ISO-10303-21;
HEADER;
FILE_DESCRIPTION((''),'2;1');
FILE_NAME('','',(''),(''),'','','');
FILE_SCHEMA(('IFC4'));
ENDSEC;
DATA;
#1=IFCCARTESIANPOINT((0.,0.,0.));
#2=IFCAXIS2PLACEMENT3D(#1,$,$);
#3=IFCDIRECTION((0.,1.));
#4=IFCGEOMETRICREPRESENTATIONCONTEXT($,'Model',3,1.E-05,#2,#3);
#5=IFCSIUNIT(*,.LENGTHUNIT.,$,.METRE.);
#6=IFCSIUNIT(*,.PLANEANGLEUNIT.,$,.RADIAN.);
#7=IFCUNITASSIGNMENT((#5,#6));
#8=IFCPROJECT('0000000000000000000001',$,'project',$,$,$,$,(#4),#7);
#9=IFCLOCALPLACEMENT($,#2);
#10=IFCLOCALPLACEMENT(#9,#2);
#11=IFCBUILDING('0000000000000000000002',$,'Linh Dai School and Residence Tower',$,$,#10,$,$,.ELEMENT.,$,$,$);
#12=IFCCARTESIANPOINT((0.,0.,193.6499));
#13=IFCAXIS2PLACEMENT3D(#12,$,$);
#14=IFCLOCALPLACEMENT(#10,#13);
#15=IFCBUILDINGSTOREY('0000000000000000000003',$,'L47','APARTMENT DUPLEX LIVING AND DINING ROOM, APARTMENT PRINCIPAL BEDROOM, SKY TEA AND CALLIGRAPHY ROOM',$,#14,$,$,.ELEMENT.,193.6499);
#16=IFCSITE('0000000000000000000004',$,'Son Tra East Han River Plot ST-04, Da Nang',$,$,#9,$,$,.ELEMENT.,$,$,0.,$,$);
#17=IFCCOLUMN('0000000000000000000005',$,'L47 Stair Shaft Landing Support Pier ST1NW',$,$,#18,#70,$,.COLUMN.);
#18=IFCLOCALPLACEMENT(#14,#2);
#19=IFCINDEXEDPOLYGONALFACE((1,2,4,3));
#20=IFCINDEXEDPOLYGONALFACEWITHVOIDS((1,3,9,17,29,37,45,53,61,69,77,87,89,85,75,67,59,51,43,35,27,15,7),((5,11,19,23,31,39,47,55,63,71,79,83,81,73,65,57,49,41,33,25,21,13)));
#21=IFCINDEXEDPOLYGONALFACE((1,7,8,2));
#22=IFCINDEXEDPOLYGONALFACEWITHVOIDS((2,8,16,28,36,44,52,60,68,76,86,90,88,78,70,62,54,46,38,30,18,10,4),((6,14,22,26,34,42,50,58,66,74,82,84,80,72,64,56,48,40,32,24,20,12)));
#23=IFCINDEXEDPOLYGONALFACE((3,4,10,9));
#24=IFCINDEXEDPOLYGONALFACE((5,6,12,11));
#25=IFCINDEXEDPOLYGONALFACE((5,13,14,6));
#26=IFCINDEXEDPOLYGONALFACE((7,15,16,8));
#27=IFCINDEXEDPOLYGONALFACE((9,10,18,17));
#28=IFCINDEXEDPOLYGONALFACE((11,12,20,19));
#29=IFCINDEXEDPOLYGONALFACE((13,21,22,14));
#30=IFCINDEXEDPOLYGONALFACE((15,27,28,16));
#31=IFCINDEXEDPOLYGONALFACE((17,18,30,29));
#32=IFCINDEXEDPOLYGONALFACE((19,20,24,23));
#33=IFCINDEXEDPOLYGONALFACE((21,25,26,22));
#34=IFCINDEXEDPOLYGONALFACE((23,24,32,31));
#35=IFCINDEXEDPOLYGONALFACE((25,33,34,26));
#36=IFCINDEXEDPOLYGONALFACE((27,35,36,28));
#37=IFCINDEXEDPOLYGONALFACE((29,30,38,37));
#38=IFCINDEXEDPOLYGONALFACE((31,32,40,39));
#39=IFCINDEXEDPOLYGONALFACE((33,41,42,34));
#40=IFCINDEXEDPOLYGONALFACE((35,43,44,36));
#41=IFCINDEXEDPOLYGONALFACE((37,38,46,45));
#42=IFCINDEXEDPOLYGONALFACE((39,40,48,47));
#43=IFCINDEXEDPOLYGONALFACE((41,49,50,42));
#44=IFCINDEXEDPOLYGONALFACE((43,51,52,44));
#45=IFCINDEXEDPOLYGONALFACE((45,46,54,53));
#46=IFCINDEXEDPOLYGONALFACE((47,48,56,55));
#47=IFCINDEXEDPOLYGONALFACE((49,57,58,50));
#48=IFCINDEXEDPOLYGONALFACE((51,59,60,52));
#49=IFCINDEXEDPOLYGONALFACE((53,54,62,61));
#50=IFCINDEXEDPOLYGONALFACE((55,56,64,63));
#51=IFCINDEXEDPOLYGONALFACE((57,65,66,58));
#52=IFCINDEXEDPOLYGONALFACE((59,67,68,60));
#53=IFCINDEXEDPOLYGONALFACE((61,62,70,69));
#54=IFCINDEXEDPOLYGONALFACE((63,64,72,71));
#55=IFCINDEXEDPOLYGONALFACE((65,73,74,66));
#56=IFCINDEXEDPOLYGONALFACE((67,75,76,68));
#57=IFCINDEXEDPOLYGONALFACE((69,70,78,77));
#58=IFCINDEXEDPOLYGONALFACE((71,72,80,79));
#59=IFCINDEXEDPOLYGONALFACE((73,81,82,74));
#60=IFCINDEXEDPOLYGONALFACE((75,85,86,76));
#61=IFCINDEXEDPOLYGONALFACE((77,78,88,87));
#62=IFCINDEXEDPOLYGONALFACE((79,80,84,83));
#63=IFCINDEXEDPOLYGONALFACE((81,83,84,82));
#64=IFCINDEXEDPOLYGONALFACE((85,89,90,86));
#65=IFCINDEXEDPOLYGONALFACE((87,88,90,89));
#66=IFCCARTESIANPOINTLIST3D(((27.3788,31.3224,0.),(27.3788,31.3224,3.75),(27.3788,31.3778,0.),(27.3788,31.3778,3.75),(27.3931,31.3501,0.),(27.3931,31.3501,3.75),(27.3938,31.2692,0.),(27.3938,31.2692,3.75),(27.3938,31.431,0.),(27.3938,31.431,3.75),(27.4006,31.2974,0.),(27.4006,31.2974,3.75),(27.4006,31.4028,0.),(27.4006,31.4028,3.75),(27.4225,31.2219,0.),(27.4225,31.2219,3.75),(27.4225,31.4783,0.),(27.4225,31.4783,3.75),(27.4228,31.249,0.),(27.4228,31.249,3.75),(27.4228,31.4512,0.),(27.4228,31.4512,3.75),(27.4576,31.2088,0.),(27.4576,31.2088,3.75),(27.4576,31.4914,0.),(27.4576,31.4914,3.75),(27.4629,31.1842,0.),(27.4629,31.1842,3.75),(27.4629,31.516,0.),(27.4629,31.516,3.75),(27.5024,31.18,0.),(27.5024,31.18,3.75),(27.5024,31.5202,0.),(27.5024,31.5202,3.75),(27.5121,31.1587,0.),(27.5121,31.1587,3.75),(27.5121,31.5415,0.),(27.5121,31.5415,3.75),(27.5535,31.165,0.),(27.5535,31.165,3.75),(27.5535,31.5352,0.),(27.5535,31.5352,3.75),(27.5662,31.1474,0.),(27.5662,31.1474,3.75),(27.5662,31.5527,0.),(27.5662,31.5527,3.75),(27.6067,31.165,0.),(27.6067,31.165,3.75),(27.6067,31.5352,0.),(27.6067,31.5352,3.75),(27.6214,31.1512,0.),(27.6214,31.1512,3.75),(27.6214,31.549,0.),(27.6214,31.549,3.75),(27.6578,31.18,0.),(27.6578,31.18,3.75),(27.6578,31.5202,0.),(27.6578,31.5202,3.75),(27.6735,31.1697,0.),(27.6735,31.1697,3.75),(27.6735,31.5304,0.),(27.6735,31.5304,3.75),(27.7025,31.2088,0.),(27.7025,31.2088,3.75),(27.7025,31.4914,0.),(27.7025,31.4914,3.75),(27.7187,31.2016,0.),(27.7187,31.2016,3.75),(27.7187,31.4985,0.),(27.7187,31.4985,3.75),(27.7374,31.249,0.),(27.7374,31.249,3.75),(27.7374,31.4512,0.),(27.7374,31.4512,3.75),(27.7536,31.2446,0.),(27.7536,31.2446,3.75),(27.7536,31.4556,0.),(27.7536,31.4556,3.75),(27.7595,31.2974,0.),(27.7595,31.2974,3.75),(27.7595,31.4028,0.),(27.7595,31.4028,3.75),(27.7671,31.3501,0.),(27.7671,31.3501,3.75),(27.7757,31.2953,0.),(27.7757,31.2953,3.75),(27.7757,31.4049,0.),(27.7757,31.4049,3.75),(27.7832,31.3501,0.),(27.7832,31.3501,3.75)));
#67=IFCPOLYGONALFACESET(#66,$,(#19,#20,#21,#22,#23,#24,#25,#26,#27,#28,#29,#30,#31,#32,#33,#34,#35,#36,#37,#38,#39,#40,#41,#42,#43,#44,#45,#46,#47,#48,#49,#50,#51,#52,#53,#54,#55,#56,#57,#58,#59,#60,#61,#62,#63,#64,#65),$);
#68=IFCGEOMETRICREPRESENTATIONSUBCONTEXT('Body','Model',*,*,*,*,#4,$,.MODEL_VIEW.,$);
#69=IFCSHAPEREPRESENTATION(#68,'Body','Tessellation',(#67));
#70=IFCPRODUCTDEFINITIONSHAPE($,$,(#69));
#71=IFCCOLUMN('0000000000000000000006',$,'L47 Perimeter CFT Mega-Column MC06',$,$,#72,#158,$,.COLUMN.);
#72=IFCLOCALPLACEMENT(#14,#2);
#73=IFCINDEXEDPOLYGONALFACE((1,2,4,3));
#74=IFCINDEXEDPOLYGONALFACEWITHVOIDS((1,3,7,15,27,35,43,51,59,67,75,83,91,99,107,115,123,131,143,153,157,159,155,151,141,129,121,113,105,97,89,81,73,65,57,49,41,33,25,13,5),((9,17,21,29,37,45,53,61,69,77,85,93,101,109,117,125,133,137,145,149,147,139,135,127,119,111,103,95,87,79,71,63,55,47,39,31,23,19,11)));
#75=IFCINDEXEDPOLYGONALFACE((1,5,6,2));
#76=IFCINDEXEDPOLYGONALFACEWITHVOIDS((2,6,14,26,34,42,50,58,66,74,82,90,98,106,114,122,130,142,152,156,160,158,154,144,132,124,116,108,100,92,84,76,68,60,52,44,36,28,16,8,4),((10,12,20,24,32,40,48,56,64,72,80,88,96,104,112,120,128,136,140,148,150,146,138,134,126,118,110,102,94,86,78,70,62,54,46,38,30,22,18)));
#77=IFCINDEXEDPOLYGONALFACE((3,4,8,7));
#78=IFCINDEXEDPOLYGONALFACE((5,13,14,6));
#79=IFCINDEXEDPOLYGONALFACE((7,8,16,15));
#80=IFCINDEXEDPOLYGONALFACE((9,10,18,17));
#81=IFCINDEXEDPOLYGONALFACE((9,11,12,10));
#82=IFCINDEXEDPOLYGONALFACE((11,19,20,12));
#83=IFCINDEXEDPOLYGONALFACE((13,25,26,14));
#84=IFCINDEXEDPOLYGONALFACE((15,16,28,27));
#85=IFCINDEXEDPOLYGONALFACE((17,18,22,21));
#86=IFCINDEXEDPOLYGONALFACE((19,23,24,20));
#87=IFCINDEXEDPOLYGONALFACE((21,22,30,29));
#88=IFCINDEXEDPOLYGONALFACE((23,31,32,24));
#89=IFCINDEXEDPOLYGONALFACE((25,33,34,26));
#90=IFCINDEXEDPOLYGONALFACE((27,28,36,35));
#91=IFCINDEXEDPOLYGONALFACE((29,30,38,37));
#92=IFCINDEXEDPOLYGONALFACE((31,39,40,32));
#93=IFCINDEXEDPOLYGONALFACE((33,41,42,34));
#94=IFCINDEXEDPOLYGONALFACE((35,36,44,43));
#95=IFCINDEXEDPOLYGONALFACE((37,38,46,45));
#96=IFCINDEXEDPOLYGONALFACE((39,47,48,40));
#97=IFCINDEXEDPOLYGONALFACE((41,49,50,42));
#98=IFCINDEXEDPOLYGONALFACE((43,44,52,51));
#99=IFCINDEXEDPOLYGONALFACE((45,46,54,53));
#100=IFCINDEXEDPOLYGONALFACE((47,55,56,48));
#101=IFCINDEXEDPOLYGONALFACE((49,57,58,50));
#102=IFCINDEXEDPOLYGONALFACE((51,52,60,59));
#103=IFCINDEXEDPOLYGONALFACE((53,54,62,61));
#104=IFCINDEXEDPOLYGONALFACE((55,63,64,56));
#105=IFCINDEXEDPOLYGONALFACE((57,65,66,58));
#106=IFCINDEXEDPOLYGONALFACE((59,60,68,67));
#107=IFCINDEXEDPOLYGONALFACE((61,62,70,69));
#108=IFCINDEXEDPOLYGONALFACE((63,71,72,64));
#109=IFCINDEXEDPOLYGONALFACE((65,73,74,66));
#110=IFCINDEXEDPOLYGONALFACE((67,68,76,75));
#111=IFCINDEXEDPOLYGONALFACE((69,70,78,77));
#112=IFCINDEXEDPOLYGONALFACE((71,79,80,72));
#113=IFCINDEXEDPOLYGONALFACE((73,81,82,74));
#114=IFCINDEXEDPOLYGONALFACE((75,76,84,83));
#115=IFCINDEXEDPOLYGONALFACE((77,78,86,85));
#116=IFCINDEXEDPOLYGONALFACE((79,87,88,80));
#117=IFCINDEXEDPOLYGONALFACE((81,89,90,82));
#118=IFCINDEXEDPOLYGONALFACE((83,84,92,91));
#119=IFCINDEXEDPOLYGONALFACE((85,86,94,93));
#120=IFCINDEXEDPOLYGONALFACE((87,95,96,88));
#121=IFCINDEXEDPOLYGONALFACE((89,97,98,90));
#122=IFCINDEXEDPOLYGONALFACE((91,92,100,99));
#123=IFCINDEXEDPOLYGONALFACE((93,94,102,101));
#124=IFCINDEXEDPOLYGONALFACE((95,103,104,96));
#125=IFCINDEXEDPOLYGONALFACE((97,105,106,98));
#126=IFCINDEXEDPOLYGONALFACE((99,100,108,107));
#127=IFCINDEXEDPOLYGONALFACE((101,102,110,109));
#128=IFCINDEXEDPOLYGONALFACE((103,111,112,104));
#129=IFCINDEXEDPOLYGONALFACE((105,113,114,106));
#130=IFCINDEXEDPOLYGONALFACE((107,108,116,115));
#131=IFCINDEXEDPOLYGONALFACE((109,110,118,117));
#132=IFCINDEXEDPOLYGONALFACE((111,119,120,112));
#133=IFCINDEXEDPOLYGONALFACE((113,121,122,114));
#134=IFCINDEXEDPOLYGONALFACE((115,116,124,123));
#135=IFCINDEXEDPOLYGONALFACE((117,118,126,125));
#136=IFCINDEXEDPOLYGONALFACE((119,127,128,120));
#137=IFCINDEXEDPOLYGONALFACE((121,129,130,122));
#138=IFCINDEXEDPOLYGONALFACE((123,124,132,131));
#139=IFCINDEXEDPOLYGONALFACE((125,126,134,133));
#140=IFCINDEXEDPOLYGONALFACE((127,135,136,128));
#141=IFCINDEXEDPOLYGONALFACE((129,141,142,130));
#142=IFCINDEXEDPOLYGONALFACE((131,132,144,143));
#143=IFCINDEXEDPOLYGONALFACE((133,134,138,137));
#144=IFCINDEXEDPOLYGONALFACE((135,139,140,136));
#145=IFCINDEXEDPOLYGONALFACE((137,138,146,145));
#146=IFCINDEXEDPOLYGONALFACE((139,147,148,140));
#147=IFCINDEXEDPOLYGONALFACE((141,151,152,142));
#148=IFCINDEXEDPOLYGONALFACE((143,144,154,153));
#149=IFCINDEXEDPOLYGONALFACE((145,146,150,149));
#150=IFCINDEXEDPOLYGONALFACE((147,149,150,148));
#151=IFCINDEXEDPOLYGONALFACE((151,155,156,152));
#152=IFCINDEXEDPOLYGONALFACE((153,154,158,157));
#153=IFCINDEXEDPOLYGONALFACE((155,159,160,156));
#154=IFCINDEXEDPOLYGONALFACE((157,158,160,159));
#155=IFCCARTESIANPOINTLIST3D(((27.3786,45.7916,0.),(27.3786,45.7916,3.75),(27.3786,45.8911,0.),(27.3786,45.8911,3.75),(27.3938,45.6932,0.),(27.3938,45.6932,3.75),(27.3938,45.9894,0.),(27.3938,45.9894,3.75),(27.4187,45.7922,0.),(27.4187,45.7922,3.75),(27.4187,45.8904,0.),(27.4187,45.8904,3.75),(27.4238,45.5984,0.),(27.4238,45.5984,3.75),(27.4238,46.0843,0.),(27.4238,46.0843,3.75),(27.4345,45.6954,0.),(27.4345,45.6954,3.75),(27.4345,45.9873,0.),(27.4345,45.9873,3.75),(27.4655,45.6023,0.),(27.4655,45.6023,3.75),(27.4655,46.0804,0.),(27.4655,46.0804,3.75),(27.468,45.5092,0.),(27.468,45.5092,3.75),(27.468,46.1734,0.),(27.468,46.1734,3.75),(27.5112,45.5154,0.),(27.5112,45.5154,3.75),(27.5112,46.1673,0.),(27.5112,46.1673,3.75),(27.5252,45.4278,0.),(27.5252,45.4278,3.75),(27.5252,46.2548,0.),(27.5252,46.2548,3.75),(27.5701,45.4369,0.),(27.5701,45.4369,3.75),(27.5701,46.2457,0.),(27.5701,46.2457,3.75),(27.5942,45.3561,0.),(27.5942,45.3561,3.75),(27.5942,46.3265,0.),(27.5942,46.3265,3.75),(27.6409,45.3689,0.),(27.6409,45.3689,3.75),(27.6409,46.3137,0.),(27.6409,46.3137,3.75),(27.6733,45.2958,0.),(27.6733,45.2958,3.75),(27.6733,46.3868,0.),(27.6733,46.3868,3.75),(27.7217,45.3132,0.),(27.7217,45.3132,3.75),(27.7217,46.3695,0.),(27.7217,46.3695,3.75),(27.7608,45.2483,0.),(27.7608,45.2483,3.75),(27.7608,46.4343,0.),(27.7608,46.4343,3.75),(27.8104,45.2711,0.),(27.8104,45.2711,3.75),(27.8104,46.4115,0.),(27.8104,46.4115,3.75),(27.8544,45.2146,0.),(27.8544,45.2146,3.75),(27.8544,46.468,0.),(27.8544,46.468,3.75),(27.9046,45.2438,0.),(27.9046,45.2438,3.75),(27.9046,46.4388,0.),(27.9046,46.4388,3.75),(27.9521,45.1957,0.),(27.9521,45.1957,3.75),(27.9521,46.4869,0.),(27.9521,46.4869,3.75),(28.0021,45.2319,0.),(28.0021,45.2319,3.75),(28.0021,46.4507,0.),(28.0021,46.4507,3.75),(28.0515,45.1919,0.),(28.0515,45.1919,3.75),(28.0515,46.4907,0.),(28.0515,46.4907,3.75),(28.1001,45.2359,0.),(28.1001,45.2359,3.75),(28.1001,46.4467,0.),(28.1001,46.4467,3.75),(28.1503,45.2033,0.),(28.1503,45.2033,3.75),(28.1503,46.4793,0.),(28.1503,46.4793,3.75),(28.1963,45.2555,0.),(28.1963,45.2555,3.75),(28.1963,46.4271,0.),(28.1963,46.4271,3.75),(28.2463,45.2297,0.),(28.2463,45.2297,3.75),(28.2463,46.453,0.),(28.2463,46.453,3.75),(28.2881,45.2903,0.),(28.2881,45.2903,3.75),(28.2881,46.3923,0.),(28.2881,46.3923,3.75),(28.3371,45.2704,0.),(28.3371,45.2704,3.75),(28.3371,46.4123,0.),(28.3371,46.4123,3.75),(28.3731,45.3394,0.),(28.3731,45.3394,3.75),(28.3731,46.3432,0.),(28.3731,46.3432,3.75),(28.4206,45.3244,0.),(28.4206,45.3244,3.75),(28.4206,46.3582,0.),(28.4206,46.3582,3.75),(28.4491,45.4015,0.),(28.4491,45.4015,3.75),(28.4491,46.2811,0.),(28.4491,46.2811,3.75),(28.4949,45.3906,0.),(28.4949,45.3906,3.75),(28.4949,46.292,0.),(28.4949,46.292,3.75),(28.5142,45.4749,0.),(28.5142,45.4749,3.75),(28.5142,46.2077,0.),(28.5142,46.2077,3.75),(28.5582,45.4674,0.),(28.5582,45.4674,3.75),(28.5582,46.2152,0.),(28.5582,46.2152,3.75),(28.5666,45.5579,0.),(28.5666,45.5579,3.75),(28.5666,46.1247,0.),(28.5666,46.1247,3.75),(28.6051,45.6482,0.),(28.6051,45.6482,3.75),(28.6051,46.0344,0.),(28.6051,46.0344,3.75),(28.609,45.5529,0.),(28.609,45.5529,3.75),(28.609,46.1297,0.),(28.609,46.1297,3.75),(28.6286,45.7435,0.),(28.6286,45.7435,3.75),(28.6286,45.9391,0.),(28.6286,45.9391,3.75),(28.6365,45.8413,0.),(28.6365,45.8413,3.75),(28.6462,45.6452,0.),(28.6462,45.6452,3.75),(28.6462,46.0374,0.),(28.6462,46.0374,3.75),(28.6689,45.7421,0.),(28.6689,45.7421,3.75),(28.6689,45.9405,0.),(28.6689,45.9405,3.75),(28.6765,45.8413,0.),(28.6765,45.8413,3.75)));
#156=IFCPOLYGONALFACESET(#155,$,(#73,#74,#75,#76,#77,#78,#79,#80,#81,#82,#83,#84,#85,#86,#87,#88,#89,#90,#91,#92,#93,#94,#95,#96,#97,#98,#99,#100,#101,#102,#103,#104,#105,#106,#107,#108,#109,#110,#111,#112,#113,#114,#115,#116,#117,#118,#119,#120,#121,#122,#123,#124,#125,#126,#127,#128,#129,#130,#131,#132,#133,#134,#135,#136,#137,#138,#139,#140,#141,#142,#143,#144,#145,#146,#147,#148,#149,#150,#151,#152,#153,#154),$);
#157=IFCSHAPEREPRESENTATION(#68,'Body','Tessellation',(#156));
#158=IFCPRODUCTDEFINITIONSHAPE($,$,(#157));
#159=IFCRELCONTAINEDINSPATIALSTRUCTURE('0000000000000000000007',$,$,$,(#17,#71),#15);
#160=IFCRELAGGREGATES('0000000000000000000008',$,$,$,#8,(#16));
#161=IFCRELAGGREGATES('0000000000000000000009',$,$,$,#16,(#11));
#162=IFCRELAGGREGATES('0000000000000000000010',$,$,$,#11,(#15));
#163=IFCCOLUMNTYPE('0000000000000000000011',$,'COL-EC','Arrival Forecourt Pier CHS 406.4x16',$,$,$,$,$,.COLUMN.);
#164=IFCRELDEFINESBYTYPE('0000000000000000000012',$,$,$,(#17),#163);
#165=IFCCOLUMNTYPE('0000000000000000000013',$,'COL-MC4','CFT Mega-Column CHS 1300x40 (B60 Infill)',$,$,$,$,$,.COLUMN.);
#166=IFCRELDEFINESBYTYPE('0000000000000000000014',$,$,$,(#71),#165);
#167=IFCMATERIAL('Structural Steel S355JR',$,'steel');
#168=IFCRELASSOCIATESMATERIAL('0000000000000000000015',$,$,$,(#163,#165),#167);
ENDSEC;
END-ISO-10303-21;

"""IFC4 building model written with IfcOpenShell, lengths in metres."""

from ifc_helpers import new_model, si_unit, direction, frame, origin, origin_2d, place, context, subcontext, project, spatial, hollow_circle, extrude, material, material_profile, profile_set, type_object, element, save


model = new_model("IFC4")

# Units and contexts
model_context = context("Model", 3, precision=1e-05, world=origin(), true_north=direction((0.0, 1.0)))
body_context = subcontext(model_context, "Body", "Model", "MODEL_VIEW")
ifc_project = project(units=[si_unit("LENGTHUNIT", "METRE"), si_unit("PLANEANGLEUNIT", "RADIAN")], contexts=[model_context])

# Site, building, storey
site_placement = place(None, origin())
site = spatial("IfcSite", under=ifc_project, at=site_placement, Name="Son Tra East Han River Plot ST-04, Da Nang", CompositionType="ELEMENT", RefElevation=0.0)
building_placement = place(site_placement, origin())
building = spatial("IfcBuilding", under=site, at=building_placement, Name="Linh Dai School and Residence Tower", CompositionType="ELEMENT")
storey_placement = place(building_placement, frame((0.0, 0.0, 193.6499)))
storey = spatial("IfcBuildingStorey", under=building, at=storey_placement, Name="L47", Description="APARTMENT DUPLEX LIVING AND DINING ROOM, APARTMENT PRINCIPAL BEDROOM, SKY TEA AND CALLIGRAPHY ROOM", CompositionType="ELEMENT", Elevation=193.6499)

# Columns
ifc_material_1 = material(Name="Structural Steel S355JR", Category="steel")
ifc_material_profile_1 = material_profile(ifc_material_1, hollow_circle(Radius=0.2031, WallThickness=0.0161, at=origin_2d()), Name="CHS 406.4x16")
ifc_profile_set_1 = profile_set([ifc_material_profile_1], Name="Structural Steel S355JR")
column_type_1 = type_object("IfcColumnType", Name="COL-EC", Description="Arrival Forecourt Pier CHS 406.4x16", PredefinedType="COLUMN", material=ifc_profile_set_1)
column_1_placement = place(storey_placement, frame((27.5801, 31.3501, 0.0), z_axis=(0.0, 0.0, 1.0), x_axis=(1.0, 0.0, 0.0)))
element("IfcColumn", 1, at=column_1_placement, inside=storey, type_object=column_type_1, Name="L47 Stair Shaft Landing Support Pier ST1NW", PredefinedType="COLUMN", context=body_context, shape_type="SweptSolid", body=[
    extrude(hollow_circle(Radius=0.2031, WallThickness=0.0161, at=origin_2d()), origin(), (0.0, 0.0, 1.0), 3.75),
])
ifc_material_profile_2 = material_profile(ifc_material_1, hollow_circle(Radius=0.6499, WallThickness=0.04, at=origin_2d()), Name="CHS 1300x40")
ifc_profile_set_2 = profile_set([ifc_material_profile_2], Name="Structural Steel S355JR")
column_type_2 = type_object("IfcColumnType", Name="COL-MC4", Description="CFT Mega-Column CHS 1300x40 (B60 Infill)", PredefinedType="COLUMN", material=ifc_profile_set_2)
column_2_placement = place(storey_placement, frame((28.0266, 45.8413, 0.0), z_axis=(0.0, 0.0, 1.0), x_axis=(1.0, 0.0, 0.0)))
element("IfcColumn", 2, at=column_2_placement, inside=storey, type_object=column_type_2, Name="L47 Perimeter CFT Mega-Column MC06", PredefinedType="COLUMN", context=body_context, shape_type="SweptSolid", body=[
    extrude(hollow_circle(Radius=0.6499, WallThickness=0.04, at=origin_2d()), origin(), (0.0, 0.0, 1.0), 3.75),
])

save(model, "model.ifc")
